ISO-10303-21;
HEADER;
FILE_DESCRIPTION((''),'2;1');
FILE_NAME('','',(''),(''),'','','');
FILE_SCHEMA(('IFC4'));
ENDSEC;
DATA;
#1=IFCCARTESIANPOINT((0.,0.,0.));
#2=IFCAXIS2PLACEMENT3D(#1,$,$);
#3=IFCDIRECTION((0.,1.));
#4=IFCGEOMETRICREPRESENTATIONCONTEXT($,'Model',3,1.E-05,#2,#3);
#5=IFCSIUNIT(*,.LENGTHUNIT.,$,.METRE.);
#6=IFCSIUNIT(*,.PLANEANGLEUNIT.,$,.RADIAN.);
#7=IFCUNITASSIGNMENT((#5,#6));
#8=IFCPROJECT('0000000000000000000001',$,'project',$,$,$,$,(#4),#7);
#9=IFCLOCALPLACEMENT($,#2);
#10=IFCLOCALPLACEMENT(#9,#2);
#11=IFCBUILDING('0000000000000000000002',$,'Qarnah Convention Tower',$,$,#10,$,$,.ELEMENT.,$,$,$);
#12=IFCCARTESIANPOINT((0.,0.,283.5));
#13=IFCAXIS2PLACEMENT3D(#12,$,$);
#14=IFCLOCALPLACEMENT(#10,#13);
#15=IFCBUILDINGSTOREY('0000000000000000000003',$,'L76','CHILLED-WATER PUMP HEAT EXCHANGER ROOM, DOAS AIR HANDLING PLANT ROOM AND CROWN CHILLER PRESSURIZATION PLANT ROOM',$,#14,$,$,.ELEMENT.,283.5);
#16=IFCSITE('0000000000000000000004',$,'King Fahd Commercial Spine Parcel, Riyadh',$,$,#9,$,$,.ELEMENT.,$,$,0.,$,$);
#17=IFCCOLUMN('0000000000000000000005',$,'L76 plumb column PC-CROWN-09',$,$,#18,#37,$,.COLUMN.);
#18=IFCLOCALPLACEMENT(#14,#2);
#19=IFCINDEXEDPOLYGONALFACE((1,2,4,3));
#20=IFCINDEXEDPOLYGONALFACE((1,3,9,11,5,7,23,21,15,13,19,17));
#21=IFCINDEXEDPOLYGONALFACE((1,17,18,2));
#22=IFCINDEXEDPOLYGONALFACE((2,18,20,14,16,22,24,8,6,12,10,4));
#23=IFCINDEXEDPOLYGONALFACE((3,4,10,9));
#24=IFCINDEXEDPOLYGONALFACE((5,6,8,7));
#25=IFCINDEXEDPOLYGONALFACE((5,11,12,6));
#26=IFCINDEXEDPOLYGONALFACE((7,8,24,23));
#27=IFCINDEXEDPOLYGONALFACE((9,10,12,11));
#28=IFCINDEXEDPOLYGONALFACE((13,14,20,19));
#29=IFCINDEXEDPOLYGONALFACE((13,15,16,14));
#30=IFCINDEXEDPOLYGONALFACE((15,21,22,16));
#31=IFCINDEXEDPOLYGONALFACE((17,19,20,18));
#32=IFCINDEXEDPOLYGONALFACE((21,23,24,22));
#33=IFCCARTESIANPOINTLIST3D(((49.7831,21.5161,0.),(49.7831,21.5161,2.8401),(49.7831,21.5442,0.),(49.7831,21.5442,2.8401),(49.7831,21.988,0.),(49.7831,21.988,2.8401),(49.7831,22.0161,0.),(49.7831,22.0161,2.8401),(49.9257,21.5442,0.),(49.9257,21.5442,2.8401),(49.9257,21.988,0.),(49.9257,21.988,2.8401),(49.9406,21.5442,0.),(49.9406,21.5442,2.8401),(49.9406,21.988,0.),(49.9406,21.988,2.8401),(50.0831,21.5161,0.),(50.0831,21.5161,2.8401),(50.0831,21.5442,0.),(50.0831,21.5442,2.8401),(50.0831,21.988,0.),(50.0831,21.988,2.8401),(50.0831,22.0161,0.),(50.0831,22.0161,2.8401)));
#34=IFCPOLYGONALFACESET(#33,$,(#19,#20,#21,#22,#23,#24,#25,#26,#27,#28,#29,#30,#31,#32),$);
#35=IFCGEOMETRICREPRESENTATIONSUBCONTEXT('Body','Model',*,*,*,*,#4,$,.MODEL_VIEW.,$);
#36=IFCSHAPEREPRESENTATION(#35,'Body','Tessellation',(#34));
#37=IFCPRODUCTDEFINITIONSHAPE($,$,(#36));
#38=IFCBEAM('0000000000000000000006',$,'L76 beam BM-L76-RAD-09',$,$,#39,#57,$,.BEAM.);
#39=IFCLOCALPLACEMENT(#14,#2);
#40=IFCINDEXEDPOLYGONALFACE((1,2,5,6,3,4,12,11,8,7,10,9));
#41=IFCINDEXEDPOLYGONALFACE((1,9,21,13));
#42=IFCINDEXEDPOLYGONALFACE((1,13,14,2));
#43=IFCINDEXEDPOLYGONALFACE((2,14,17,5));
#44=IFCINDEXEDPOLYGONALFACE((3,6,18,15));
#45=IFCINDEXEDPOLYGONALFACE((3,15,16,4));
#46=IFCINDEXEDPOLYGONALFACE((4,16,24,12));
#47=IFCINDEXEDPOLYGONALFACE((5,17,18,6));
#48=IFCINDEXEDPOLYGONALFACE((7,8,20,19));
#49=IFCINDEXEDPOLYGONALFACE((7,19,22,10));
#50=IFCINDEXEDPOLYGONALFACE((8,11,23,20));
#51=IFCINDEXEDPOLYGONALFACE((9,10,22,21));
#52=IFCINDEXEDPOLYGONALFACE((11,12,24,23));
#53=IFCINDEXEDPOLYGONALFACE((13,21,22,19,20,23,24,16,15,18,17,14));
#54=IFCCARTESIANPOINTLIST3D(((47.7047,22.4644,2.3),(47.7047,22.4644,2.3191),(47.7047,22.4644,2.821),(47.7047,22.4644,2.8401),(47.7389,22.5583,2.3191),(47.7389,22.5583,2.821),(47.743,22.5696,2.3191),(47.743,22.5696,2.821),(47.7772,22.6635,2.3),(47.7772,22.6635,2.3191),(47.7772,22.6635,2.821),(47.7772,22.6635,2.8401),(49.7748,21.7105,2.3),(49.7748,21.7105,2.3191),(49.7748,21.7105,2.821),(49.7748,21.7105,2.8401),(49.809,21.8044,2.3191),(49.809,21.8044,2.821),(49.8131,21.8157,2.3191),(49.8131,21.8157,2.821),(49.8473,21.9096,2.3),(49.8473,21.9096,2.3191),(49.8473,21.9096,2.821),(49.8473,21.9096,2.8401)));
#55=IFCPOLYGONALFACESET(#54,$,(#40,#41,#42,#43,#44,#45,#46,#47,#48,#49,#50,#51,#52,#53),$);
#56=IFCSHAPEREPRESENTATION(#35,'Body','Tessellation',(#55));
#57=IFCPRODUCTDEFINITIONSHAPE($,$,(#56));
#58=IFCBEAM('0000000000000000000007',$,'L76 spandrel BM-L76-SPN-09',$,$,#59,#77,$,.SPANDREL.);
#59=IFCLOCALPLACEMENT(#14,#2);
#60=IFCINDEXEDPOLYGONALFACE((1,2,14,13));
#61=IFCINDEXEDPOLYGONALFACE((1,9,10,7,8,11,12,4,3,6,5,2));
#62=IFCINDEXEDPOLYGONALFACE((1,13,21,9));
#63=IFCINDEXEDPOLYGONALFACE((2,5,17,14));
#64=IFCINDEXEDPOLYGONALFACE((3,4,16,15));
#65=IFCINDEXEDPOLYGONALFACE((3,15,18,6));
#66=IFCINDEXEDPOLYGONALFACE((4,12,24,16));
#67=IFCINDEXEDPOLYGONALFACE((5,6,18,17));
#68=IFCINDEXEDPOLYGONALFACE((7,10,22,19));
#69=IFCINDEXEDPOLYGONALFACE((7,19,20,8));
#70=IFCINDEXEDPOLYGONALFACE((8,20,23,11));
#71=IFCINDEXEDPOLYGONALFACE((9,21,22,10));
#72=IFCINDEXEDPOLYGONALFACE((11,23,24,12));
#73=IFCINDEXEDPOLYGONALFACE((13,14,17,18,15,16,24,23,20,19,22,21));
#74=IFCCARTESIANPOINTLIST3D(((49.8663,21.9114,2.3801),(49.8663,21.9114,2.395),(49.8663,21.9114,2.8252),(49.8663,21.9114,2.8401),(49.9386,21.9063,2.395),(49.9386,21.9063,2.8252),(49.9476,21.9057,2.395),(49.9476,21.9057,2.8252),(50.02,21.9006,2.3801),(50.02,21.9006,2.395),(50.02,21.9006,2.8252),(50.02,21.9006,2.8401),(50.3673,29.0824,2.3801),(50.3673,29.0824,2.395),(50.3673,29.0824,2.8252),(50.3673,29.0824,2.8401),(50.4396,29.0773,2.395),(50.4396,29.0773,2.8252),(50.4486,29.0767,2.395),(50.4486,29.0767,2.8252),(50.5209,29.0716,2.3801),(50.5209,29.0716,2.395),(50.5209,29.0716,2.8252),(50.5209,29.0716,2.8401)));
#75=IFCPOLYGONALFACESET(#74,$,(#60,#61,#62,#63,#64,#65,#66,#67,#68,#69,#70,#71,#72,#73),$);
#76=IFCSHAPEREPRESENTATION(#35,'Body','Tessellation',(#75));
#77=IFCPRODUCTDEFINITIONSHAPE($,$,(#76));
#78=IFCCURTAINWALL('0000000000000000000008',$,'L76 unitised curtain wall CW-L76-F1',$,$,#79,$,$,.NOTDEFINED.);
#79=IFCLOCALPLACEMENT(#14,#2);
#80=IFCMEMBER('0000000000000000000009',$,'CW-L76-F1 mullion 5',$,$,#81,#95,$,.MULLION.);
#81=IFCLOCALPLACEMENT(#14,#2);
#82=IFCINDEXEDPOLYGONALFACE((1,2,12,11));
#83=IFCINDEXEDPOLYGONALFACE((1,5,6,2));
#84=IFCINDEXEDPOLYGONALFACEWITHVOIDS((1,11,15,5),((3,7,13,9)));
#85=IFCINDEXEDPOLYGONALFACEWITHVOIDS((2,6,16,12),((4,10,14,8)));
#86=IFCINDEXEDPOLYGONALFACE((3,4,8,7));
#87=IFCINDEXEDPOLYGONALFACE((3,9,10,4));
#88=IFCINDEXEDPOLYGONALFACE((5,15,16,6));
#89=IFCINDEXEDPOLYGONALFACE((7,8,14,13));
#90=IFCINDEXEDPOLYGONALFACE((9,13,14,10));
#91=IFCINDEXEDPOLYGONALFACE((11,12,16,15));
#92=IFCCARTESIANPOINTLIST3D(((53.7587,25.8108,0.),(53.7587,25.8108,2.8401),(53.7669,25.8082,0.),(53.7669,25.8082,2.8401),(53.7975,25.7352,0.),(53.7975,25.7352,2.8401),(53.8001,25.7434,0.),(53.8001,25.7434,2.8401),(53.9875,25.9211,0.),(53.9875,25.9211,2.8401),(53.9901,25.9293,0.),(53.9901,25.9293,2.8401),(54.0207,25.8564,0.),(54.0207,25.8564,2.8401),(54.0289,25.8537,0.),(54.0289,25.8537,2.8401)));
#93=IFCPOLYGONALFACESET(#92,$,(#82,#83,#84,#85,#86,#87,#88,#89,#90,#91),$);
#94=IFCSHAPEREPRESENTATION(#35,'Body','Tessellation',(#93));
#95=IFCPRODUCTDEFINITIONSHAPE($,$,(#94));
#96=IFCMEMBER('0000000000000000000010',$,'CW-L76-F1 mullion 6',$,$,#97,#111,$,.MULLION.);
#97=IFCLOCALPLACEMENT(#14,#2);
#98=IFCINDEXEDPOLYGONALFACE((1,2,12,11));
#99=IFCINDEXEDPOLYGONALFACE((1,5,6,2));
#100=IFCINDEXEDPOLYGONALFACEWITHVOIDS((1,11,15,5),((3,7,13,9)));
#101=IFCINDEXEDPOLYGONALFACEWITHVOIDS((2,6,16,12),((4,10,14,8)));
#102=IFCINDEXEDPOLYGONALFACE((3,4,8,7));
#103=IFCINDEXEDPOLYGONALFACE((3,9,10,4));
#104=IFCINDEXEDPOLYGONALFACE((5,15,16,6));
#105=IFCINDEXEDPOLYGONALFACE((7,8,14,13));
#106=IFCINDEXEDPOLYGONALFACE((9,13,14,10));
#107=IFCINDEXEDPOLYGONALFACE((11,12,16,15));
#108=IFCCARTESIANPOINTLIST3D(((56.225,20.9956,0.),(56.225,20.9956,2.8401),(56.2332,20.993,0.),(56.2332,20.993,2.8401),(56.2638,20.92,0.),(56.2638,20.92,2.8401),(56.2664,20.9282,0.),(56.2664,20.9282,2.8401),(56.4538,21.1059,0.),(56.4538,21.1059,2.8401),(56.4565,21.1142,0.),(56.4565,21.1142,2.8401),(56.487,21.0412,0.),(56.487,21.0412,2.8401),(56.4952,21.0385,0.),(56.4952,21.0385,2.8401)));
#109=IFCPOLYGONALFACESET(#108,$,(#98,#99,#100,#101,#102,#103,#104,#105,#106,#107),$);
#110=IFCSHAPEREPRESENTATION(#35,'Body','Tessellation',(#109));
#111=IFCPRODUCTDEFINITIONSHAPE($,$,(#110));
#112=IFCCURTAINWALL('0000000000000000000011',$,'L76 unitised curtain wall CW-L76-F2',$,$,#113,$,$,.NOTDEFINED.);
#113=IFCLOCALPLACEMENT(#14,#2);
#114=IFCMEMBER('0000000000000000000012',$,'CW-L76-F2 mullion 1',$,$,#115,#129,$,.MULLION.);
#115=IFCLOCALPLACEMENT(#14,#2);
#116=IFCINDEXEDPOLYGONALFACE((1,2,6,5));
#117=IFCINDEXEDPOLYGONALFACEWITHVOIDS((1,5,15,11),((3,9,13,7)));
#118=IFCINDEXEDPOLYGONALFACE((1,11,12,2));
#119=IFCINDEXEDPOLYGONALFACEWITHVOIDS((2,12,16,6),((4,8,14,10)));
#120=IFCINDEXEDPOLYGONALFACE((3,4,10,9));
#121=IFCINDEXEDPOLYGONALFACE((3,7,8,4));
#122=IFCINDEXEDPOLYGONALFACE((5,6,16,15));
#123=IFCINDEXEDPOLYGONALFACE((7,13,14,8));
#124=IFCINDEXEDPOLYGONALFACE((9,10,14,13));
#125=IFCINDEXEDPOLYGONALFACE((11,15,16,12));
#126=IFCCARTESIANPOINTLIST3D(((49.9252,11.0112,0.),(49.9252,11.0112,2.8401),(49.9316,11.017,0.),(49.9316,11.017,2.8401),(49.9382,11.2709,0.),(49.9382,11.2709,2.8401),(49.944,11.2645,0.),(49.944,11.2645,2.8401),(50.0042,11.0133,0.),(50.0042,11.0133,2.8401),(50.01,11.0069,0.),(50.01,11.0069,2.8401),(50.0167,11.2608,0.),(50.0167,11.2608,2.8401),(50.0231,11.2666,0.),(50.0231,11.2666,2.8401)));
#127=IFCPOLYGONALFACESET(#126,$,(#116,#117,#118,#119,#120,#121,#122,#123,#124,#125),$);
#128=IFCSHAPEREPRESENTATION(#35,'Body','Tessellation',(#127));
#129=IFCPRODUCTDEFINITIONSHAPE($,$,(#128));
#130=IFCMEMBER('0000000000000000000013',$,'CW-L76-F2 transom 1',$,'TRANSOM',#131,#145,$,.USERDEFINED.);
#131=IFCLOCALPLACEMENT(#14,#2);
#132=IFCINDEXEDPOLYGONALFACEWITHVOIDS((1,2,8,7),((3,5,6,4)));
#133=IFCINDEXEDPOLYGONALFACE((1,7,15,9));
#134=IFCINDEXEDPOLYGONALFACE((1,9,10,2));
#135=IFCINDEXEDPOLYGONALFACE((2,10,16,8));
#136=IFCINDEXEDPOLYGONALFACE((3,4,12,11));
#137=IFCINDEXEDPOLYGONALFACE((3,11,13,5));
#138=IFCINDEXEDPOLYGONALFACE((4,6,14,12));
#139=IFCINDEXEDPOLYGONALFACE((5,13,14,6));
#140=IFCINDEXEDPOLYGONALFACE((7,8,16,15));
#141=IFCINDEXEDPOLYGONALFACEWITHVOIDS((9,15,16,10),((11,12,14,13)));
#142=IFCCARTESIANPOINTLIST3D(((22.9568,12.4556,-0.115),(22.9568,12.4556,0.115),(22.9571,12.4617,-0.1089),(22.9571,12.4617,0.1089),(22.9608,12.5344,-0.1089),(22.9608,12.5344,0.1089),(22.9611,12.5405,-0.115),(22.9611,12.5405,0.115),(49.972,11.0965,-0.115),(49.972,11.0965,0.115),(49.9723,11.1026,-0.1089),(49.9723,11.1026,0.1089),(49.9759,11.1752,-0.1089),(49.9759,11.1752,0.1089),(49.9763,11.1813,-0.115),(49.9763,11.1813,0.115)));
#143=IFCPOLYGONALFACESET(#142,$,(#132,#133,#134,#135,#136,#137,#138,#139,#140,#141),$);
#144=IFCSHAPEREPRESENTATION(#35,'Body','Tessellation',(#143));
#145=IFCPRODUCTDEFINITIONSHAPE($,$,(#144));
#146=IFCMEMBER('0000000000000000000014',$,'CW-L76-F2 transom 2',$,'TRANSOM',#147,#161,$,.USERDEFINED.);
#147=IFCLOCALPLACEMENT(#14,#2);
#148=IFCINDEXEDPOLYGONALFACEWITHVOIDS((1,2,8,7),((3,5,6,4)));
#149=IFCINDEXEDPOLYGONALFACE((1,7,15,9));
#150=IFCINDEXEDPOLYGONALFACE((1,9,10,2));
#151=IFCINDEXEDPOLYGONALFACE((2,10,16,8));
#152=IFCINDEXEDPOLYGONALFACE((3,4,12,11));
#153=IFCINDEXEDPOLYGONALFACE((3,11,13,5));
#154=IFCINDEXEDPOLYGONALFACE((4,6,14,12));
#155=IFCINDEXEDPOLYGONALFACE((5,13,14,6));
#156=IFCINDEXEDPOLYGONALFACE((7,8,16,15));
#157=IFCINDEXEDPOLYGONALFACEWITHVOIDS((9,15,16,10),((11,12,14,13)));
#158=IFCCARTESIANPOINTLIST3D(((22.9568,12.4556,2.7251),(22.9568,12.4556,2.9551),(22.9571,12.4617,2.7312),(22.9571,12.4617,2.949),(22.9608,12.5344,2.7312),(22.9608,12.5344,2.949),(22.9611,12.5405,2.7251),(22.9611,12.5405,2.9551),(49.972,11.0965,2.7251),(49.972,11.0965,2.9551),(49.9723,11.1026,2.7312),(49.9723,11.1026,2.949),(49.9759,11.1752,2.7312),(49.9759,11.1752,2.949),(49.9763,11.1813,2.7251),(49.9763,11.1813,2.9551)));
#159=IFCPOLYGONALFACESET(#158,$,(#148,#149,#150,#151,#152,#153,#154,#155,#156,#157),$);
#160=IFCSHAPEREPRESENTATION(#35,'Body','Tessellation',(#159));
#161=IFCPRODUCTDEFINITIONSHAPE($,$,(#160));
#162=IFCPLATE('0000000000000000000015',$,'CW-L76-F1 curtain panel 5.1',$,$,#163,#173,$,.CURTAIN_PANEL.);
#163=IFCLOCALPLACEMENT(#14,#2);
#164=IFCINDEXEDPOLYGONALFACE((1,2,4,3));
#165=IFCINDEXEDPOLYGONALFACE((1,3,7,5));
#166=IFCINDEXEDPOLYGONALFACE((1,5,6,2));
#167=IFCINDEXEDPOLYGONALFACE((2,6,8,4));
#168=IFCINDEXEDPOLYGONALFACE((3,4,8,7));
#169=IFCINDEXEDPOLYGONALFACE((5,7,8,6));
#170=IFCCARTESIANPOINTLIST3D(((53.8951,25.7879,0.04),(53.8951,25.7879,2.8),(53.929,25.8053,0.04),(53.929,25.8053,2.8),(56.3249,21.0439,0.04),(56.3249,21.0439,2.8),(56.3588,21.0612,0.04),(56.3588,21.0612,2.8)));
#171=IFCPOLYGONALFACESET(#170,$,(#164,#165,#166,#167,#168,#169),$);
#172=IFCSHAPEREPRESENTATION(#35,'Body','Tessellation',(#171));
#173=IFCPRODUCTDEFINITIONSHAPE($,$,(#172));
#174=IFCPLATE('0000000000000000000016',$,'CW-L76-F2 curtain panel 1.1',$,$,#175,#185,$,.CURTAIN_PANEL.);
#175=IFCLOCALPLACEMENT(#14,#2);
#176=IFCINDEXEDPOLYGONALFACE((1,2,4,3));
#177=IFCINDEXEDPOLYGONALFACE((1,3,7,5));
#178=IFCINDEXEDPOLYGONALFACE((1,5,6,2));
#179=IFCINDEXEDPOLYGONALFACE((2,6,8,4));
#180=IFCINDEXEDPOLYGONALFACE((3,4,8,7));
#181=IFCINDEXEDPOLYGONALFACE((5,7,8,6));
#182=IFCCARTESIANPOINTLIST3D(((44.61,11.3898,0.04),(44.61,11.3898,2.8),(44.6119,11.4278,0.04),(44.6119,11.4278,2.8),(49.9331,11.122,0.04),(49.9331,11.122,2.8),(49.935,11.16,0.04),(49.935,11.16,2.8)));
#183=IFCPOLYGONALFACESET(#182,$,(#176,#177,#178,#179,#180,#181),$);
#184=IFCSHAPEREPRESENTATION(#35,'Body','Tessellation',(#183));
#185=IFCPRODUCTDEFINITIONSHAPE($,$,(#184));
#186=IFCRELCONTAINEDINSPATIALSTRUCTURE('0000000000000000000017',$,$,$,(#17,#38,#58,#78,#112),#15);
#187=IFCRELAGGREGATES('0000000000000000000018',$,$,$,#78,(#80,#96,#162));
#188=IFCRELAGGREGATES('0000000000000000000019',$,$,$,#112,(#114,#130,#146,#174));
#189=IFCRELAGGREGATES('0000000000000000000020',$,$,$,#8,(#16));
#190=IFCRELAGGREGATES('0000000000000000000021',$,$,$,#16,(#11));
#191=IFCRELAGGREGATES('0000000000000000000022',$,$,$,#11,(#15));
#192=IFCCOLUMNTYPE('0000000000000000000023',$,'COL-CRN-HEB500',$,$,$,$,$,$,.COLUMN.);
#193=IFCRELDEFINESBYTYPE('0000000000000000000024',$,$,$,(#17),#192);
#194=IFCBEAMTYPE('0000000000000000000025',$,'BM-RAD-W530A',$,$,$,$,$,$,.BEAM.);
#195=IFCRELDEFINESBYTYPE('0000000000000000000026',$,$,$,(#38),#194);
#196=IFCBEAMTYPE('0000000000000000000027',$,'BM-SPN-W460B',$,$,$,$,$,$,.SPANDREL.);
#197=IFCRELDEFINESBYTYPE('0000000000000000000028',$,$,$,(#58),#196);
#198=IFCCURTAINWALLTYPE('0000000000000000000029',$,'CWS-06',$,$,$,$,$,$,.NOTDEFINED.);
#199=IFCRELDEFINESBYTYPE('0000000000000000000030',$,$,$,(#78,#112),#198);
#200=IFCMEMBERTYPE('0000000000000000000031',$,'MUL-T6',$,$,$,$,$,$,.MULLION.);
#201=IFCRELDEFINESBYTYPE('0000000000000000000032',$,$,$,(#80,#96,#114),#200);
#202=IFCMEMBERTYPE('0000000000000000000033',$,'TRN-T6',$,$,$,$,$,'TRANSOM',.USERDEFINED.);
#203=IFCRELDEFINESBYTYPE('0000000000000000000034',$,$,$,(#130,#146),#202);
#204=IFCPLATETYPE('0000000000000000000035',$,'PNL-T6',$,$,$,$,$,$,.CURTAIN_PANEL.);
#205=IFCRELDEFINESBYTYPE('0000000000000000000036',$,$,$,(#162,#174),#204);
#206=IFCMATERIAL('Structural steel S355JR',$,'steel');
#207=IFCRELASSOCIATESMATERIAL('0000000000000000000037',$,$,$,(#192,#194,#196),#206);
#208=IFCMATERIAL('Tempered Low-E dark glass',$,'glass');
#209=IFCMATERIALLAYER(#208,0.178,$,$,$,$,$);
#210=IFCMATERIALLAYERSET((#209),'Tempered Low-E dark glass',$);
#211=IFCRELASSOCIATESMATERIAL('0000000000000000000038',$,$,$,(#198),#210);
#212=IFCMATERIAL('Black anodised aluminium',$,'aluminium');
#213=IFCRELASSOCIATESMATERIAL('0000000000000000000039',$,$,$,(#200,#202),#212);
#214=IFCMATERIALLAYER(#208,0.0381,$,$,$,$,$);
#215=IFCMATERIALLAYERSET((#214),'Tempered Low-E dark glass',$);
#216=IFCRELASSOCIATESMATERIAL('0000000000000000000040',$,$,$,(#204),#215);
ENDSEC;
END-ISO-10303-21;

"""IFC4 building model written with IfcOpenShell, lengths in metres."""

from ifc_helpers import new_model, si_unit, direction, frame, origin, origin_2d, place, context, subcontext, project, spatial, rectangle, hollow_rectangle, i_section, extrude, material, layer, layer_set, material_profile, profile_set, type_object, element, aggregate, save


model = new_model("IFC4")

# Units and contexts
model_context = context("Model", 3, precision=1e-05, world=origin(), true_north=direction((0.0, 1.0)))
body_context = subcontext(model_context, "Body", "Model", "MODEL_VIEW")
ifc_project = project(units=[si_unit("LENGTHUNIT", "METRE"), si_unit("PLANEANGLEUNIT", "RADIAN")], contexts=[model_context])

# Site, building, storey
site_placement = place(None, origin())
site = spatial("IfcSite", under=ifc_project, at=site_placement, Name="King Fahd Commercial Spine Parcel, Riyadh", CompositionType="ELEMENT", RefElevation=0.0)
building_placement = place(site_placement, origin())
building = spatial("IfcBuilding", under=site, at=building_placement, Name="Qarnah Convention Tower", CompositionType="ELEMENT")
storey_placement = place(building_placement, frame((0.0, 0.0, 283.5)))
storey = spatial("IfcBuildingStorey", under=building, at=storey_placement, Name="L76", Description="CHILLED-WATER PUMP HEAT EXCHANGER ROOM, DOAS AIR HANDLING PLANT ROOM AND CROWN CHILLER PRESSURIZATION PLANT ROOM", CompositionType="ELEMENT", Elevation=283.5)

# Column
ifc_material_1 = material(Name="Structural steel S355JR", Category="steel")
ifc_material_profile_1 = material_profile(ifc_material_1, i_section(OverallWidth=0.3, OverallDepth=0.5, WebThickness=0.0149, FlangeThickness=0.0281, at=origin_2d()), Name="HEB500")
ifc_profile_set_1 = profile_set([ifc_material_profile_1], Name="Structural steel S355JR")
column_type = type_object("IfcColumnType", Name="COL-CRN-HEB500", PredefinedType="COLUMN", material=ifc_profile_set_1)
column_placement = place(storey_placement, frame((49.9331, 21.7661, 0.0), z_axis=(0.0, 0.0, 1.0), x_axis=(1.0, 0.0, 0.0)))
element("IfcColumn", 1, at=column_placement, inside=storey, type_object=column_type, Name="L76 plumb column PC-CROWN-09", PredefinedType="COLUMN", context=body_context, shape_type="SweptSolid", body=[
    extrude(i_section(OverallWidth=0.3, OverallDepth=0.5, WebThickness=0.0149, FlangeThickness=0.0281, at=origin_2d()), origin(), (0.0, 0.0, 1.0), 2.8401),
])

# Beams
ifc_material_profile_2 = material_profile(ifc_material_1, i_section(OverallWidth=0.2119, OverallDepth=0.54, WebThickness=0.012, FlangeThickness=0.019, at=origin_2d()), Name="W530X109")
ifc_profile_set_2 = profile_set([ifc_material_profile_2], Name="Structural steel S355JR")
beam_type_1 = type_object("IfcBeamType", Name="BM-RAD-W530A", PredefinedType="BEAM", material=ifc_profile_set_2)
beam_1_placement = place(storey_placement, frame((47.741, 22.564, 2.5701), z_axis=(0.939625, -0.342206, 0.0), x_axis=(0.342206, 0.939625, 0.0)))
element("IfcBeam", 2, at=beam_1_placement, inside=storey, type_object=beam_type_1, Name="L76 beam BM-L76-RAD-09", PredefinedType="BEAM", context=body_context, shape_type="SweptSolid", body=[
    extrude(i_section(OverallWidth=0.2119, OverallDepth=0.54, WebThickness=0.012, FlangeThickness=0.019, at=origin_2d()), origin(), (0.0, 0.0, 1.0), 2.2031),
])
ifc_material_profile_3 = material_profile(ifc_material_1, i_section(OverallWidth=0.1541, OverallDepth=0.46, WebThickness=0.009, FlangeThickness=0.0149, at=origin_2d()), Name="W460X68")
ifc_profile_set_3 = profile_set([ifc_material_profile_3], Name="Structural steel S355JR")
beam_type_2 = type_object("IfcBeamType", Name="BM-SPN-W460B", PredefinedType="SPANDREL", material=ifc_profile_set_3)
beam_2_placement = place(storey_placement, frame((49.9431, 21.906, 2.6101), z_axis=(0.069693, 0.997569, 0.0), x_axis=(-0.997569, 0.069693, 0.0)))
element("IfcBeam", 3, at=beam_2_placement, inside=storey, type_object=beam_type_2, Name="L76 spandrel BM-L76-SPN-09", PredefinedType="SPANDREL", context=body_context, shape_type="SweptSolid", body=[
    extrude(i_section(OverallWidth=0.1541, OverallDepth=0.46, WebThickness=0.009, FlangeThickness=0.0149, at=origin_2d()), origin(), (0.0, 0.0, 1.0), 7.1885),
])

# Curtain walls, members
ifc_material_2 = material(Name="Tempered Low-E dark glass", Category="glass")
ifc_layer_1 = layer(ifc_material_2, 0.178)
ifc_layer_set_1 = layer_set([ifc_layer_1], Name="Tempered Low-E dark glass")
curtain_wall_type = type_object("IfcCurtainWallType", Name="CWS-06", PredefinedType="NOTDEFINED", material=ifc_layer_set_1)
curtain_wall_1_placement = place(storey_placement, origin())
curtain_wall_1 = element("IfcCurtainWall", 4, at=curtain_wall_1_placement, inside=storey, type_object=curtain_wall_type, Name="L76 unitised curtain wall CW-L76-F1", PredefinedType="NOTDEFINED")
ifc_material_3 = material(Name="Black anodised aluminium", Category="aluminium")
ifc_material_profile_4 = material_profile(ifc_material_3, hollow_rectangle(XDim=0.085, YDim=0.26, WallThickness=0.0061, at=origin_2d()), Name="MUL-85X260")
ifc_profile_set_4 = profile_set([ifc_material_profile_4], Name="Black anodised aluminium")
member_type_1 = type_object("IfcMemberType", Name="MUL-T6", PredefinedType="MULLION", material=ifc_profile_set_4)
member_1_placement = place(storey_placement, frame((53.8938, 25.8323, 0.0), z_axis=(0.0, 0.0, 1.0), x_axis=(0.455858, -0.890053, 0.0)))
member_1 = element("IfcMember", 5, at=member_1_placement, type_object=member_type_1, Name="CW-L76-F1 mullion 5", PredefinedType="MULLION", context=body_context, shape_type="SweptSolid", body=[
    extrude(hollow_rectangle(XDim=0.085, YDim=0.26, WallThickness=0.0061, at=origin_2d()), origin(), (0.0, 0.0, 1.0), 2.8401),
])
member_2_placement = place(storey_placement, frame((56.3601, 21.0171, 0.0), z_axis=(0.0, 0.0, 1.0), x_axis=(0.455858, -0.890053, 0.0)))
member_2 = element("IfcMember", 6, at=member_2_placement, type_object=member_type_1, Name="CW-L76-F1 mullion 6", PredefinedType="MULLION", context=body_context, shape_type="SweptSolid", body=[
    extrude(hollow_rectangle(XDim=0.085, YDim=0.26, WallThickness=0.0061, at=origin_2d()), origin(), (0.0, 0.0, 1.0), 2.8401),
])
curtain_wall_2_placement = place(storey_placement, origin())
curtain_wall_2 = element("IfcCurtainWall", 7, at=curtain_wall_2_placement, inside=storey, type_object=curtain_wall_type, Name="L76 unitised curtain wall CW-L76-F2", PredefinedType="NOTDEFINED")
member_3_placement = place(storey_placement, frame((49.9741, 11.1389, 0.0), z_axis=(0.0, 0.0, 1.0), x_axis=(-0.998737, 0.050242, 0.0)))
member_3 = element("IfcMember", 8, at=member_3_placement, type_object=member_type_1, Name="CW-L76-F2 mullion 1", PredefinedType="MULLION", context=body_context, shape_type="SweptSolid", body=[
    extrude(hollow_rectangle(XDim=0.085, YDim=0.26, WallThickness=0.0061, at=origin_2d()), origin(), (0.0, 0.0, 1.0), 2.8401),
])
ifc_material_profile_5 = material_profile(ifc_material_3, hollow_rectangle(XDim=0.085, YDim=0.23, WallThickness=0.0061, at=origin_2d()), Name="TRN-85X230")
ifc_profile_set_5 = profile_set([ifc_material_profile_5], Name="Black anodised aluminium")
member_type_2 = type_object("IfcMemberType", Name="TRN-T6", ElementType="TRANSOM", PredefinedType="USERDEFINED", material=ifc_profile_set_5)
member_4_placement = place(storey_placement, frame((49.9741, 11.1389, 0.0), z_axis=(-0.998737, 0.050246, 0.0), x_axis=(-0.050246, -0.998737, 0.0)))
member_4 = element("IfcMember", 9, at=member_4_placement, type_object=member_type_2, Name="CW-L76-F2 transom 1", ObjectType="TRANSOM", PredefinedType="USERDEFINED", context=body_context, shape_type="SweptSolid", body=[
    extrude(hollow_rectangle(XDim=0.085, YDim=0.23, WallThickness=0.0061, at=origin_2d()), origin(), (0.0, 0.0, 1.0), 27.0493),
])
member_5_placement = place(storey_placement, frame((49.9741, 11.1389, 2.8401), z_axis=(-0.998737, 0.050246, 0.0), x_axis=(-0.050246, -0.998737, 0.0)))
member_5 = element("IfcMember", 10, at=member_5_placement, type_object=member_type_2, Name="CW-L76-F2 transom 2", ObjectType="TRANSOM", PredefinedType="USERDEFINED", context=body_context, shape_type="SweptSolid", body=[
    extrude(hollow_rectangle(XDim=0.085, YDim=0.23, WallThickness=0.0061, at=origin_2d()), origin(), (0.0, 0.0, 1.0), 27.0493),
])

# Plates
ifc_layer_2 = layer(ifc_material_2, 0.0381)
ifc_layer_set_2 = layer_set([ifc_layer_2], Name="Tempered Low-E dark glass")
plate_type_1 = type_object("IfcPlateType", Name="PNL-T6", PredefinedType="CURTAIN_PANEL", material=ifc_layer_set_2)
plate_1_placement = place(storey_placement, frame((55.127, 23.4246, 0.04), z_axis=(0.0, 0.0, 1.0), x_axis=(0.455858, -0.890053, 0.0)))
plate_1 = element("IfcPlate", 11, at=plate_1_placement, type_object=plate_type_1, Name="CW-L76-F1 curtain panel 5.1", PredefinedType="CURTAIN_PANEL", context=body_context, shape_type="SweptSolid", body=[
    extrude(rectangle(XDim=5.3301, YDim=0.0381, at=origin_2d()), origin(), (0.0, 0.0, 1.0), 2.76),
])
aggregate(curtain_wall_1, [member_1, member_2, plate_1])
plate_2_placement = place(storey_placement, frame((47.2725, 11.2749, 0.04), z_axis=(0.0, 0.0, 1.0), x_axis=(-0.998737, 0.050242, 0.0)))
plate_2 = element("IfcPlate", 12, at=plate_2_placement, type_object=plate_type_1, Name="CW-L76-F2 curtain panel 1.1", PredefinedType="CURTAIN_PANEL", context=body_context, shape_type="SweptSolid", body=[
    extrude(rectangle(XDim=5.3298, YDim=0.0381, at=origin_2d()), origin(), (0.0, 0.0, 1.0), 2.76),
])
aggregate(curtain_wall_2, [member_3, member_4, member_5, plate_2])

save(model, "model.ifc")
